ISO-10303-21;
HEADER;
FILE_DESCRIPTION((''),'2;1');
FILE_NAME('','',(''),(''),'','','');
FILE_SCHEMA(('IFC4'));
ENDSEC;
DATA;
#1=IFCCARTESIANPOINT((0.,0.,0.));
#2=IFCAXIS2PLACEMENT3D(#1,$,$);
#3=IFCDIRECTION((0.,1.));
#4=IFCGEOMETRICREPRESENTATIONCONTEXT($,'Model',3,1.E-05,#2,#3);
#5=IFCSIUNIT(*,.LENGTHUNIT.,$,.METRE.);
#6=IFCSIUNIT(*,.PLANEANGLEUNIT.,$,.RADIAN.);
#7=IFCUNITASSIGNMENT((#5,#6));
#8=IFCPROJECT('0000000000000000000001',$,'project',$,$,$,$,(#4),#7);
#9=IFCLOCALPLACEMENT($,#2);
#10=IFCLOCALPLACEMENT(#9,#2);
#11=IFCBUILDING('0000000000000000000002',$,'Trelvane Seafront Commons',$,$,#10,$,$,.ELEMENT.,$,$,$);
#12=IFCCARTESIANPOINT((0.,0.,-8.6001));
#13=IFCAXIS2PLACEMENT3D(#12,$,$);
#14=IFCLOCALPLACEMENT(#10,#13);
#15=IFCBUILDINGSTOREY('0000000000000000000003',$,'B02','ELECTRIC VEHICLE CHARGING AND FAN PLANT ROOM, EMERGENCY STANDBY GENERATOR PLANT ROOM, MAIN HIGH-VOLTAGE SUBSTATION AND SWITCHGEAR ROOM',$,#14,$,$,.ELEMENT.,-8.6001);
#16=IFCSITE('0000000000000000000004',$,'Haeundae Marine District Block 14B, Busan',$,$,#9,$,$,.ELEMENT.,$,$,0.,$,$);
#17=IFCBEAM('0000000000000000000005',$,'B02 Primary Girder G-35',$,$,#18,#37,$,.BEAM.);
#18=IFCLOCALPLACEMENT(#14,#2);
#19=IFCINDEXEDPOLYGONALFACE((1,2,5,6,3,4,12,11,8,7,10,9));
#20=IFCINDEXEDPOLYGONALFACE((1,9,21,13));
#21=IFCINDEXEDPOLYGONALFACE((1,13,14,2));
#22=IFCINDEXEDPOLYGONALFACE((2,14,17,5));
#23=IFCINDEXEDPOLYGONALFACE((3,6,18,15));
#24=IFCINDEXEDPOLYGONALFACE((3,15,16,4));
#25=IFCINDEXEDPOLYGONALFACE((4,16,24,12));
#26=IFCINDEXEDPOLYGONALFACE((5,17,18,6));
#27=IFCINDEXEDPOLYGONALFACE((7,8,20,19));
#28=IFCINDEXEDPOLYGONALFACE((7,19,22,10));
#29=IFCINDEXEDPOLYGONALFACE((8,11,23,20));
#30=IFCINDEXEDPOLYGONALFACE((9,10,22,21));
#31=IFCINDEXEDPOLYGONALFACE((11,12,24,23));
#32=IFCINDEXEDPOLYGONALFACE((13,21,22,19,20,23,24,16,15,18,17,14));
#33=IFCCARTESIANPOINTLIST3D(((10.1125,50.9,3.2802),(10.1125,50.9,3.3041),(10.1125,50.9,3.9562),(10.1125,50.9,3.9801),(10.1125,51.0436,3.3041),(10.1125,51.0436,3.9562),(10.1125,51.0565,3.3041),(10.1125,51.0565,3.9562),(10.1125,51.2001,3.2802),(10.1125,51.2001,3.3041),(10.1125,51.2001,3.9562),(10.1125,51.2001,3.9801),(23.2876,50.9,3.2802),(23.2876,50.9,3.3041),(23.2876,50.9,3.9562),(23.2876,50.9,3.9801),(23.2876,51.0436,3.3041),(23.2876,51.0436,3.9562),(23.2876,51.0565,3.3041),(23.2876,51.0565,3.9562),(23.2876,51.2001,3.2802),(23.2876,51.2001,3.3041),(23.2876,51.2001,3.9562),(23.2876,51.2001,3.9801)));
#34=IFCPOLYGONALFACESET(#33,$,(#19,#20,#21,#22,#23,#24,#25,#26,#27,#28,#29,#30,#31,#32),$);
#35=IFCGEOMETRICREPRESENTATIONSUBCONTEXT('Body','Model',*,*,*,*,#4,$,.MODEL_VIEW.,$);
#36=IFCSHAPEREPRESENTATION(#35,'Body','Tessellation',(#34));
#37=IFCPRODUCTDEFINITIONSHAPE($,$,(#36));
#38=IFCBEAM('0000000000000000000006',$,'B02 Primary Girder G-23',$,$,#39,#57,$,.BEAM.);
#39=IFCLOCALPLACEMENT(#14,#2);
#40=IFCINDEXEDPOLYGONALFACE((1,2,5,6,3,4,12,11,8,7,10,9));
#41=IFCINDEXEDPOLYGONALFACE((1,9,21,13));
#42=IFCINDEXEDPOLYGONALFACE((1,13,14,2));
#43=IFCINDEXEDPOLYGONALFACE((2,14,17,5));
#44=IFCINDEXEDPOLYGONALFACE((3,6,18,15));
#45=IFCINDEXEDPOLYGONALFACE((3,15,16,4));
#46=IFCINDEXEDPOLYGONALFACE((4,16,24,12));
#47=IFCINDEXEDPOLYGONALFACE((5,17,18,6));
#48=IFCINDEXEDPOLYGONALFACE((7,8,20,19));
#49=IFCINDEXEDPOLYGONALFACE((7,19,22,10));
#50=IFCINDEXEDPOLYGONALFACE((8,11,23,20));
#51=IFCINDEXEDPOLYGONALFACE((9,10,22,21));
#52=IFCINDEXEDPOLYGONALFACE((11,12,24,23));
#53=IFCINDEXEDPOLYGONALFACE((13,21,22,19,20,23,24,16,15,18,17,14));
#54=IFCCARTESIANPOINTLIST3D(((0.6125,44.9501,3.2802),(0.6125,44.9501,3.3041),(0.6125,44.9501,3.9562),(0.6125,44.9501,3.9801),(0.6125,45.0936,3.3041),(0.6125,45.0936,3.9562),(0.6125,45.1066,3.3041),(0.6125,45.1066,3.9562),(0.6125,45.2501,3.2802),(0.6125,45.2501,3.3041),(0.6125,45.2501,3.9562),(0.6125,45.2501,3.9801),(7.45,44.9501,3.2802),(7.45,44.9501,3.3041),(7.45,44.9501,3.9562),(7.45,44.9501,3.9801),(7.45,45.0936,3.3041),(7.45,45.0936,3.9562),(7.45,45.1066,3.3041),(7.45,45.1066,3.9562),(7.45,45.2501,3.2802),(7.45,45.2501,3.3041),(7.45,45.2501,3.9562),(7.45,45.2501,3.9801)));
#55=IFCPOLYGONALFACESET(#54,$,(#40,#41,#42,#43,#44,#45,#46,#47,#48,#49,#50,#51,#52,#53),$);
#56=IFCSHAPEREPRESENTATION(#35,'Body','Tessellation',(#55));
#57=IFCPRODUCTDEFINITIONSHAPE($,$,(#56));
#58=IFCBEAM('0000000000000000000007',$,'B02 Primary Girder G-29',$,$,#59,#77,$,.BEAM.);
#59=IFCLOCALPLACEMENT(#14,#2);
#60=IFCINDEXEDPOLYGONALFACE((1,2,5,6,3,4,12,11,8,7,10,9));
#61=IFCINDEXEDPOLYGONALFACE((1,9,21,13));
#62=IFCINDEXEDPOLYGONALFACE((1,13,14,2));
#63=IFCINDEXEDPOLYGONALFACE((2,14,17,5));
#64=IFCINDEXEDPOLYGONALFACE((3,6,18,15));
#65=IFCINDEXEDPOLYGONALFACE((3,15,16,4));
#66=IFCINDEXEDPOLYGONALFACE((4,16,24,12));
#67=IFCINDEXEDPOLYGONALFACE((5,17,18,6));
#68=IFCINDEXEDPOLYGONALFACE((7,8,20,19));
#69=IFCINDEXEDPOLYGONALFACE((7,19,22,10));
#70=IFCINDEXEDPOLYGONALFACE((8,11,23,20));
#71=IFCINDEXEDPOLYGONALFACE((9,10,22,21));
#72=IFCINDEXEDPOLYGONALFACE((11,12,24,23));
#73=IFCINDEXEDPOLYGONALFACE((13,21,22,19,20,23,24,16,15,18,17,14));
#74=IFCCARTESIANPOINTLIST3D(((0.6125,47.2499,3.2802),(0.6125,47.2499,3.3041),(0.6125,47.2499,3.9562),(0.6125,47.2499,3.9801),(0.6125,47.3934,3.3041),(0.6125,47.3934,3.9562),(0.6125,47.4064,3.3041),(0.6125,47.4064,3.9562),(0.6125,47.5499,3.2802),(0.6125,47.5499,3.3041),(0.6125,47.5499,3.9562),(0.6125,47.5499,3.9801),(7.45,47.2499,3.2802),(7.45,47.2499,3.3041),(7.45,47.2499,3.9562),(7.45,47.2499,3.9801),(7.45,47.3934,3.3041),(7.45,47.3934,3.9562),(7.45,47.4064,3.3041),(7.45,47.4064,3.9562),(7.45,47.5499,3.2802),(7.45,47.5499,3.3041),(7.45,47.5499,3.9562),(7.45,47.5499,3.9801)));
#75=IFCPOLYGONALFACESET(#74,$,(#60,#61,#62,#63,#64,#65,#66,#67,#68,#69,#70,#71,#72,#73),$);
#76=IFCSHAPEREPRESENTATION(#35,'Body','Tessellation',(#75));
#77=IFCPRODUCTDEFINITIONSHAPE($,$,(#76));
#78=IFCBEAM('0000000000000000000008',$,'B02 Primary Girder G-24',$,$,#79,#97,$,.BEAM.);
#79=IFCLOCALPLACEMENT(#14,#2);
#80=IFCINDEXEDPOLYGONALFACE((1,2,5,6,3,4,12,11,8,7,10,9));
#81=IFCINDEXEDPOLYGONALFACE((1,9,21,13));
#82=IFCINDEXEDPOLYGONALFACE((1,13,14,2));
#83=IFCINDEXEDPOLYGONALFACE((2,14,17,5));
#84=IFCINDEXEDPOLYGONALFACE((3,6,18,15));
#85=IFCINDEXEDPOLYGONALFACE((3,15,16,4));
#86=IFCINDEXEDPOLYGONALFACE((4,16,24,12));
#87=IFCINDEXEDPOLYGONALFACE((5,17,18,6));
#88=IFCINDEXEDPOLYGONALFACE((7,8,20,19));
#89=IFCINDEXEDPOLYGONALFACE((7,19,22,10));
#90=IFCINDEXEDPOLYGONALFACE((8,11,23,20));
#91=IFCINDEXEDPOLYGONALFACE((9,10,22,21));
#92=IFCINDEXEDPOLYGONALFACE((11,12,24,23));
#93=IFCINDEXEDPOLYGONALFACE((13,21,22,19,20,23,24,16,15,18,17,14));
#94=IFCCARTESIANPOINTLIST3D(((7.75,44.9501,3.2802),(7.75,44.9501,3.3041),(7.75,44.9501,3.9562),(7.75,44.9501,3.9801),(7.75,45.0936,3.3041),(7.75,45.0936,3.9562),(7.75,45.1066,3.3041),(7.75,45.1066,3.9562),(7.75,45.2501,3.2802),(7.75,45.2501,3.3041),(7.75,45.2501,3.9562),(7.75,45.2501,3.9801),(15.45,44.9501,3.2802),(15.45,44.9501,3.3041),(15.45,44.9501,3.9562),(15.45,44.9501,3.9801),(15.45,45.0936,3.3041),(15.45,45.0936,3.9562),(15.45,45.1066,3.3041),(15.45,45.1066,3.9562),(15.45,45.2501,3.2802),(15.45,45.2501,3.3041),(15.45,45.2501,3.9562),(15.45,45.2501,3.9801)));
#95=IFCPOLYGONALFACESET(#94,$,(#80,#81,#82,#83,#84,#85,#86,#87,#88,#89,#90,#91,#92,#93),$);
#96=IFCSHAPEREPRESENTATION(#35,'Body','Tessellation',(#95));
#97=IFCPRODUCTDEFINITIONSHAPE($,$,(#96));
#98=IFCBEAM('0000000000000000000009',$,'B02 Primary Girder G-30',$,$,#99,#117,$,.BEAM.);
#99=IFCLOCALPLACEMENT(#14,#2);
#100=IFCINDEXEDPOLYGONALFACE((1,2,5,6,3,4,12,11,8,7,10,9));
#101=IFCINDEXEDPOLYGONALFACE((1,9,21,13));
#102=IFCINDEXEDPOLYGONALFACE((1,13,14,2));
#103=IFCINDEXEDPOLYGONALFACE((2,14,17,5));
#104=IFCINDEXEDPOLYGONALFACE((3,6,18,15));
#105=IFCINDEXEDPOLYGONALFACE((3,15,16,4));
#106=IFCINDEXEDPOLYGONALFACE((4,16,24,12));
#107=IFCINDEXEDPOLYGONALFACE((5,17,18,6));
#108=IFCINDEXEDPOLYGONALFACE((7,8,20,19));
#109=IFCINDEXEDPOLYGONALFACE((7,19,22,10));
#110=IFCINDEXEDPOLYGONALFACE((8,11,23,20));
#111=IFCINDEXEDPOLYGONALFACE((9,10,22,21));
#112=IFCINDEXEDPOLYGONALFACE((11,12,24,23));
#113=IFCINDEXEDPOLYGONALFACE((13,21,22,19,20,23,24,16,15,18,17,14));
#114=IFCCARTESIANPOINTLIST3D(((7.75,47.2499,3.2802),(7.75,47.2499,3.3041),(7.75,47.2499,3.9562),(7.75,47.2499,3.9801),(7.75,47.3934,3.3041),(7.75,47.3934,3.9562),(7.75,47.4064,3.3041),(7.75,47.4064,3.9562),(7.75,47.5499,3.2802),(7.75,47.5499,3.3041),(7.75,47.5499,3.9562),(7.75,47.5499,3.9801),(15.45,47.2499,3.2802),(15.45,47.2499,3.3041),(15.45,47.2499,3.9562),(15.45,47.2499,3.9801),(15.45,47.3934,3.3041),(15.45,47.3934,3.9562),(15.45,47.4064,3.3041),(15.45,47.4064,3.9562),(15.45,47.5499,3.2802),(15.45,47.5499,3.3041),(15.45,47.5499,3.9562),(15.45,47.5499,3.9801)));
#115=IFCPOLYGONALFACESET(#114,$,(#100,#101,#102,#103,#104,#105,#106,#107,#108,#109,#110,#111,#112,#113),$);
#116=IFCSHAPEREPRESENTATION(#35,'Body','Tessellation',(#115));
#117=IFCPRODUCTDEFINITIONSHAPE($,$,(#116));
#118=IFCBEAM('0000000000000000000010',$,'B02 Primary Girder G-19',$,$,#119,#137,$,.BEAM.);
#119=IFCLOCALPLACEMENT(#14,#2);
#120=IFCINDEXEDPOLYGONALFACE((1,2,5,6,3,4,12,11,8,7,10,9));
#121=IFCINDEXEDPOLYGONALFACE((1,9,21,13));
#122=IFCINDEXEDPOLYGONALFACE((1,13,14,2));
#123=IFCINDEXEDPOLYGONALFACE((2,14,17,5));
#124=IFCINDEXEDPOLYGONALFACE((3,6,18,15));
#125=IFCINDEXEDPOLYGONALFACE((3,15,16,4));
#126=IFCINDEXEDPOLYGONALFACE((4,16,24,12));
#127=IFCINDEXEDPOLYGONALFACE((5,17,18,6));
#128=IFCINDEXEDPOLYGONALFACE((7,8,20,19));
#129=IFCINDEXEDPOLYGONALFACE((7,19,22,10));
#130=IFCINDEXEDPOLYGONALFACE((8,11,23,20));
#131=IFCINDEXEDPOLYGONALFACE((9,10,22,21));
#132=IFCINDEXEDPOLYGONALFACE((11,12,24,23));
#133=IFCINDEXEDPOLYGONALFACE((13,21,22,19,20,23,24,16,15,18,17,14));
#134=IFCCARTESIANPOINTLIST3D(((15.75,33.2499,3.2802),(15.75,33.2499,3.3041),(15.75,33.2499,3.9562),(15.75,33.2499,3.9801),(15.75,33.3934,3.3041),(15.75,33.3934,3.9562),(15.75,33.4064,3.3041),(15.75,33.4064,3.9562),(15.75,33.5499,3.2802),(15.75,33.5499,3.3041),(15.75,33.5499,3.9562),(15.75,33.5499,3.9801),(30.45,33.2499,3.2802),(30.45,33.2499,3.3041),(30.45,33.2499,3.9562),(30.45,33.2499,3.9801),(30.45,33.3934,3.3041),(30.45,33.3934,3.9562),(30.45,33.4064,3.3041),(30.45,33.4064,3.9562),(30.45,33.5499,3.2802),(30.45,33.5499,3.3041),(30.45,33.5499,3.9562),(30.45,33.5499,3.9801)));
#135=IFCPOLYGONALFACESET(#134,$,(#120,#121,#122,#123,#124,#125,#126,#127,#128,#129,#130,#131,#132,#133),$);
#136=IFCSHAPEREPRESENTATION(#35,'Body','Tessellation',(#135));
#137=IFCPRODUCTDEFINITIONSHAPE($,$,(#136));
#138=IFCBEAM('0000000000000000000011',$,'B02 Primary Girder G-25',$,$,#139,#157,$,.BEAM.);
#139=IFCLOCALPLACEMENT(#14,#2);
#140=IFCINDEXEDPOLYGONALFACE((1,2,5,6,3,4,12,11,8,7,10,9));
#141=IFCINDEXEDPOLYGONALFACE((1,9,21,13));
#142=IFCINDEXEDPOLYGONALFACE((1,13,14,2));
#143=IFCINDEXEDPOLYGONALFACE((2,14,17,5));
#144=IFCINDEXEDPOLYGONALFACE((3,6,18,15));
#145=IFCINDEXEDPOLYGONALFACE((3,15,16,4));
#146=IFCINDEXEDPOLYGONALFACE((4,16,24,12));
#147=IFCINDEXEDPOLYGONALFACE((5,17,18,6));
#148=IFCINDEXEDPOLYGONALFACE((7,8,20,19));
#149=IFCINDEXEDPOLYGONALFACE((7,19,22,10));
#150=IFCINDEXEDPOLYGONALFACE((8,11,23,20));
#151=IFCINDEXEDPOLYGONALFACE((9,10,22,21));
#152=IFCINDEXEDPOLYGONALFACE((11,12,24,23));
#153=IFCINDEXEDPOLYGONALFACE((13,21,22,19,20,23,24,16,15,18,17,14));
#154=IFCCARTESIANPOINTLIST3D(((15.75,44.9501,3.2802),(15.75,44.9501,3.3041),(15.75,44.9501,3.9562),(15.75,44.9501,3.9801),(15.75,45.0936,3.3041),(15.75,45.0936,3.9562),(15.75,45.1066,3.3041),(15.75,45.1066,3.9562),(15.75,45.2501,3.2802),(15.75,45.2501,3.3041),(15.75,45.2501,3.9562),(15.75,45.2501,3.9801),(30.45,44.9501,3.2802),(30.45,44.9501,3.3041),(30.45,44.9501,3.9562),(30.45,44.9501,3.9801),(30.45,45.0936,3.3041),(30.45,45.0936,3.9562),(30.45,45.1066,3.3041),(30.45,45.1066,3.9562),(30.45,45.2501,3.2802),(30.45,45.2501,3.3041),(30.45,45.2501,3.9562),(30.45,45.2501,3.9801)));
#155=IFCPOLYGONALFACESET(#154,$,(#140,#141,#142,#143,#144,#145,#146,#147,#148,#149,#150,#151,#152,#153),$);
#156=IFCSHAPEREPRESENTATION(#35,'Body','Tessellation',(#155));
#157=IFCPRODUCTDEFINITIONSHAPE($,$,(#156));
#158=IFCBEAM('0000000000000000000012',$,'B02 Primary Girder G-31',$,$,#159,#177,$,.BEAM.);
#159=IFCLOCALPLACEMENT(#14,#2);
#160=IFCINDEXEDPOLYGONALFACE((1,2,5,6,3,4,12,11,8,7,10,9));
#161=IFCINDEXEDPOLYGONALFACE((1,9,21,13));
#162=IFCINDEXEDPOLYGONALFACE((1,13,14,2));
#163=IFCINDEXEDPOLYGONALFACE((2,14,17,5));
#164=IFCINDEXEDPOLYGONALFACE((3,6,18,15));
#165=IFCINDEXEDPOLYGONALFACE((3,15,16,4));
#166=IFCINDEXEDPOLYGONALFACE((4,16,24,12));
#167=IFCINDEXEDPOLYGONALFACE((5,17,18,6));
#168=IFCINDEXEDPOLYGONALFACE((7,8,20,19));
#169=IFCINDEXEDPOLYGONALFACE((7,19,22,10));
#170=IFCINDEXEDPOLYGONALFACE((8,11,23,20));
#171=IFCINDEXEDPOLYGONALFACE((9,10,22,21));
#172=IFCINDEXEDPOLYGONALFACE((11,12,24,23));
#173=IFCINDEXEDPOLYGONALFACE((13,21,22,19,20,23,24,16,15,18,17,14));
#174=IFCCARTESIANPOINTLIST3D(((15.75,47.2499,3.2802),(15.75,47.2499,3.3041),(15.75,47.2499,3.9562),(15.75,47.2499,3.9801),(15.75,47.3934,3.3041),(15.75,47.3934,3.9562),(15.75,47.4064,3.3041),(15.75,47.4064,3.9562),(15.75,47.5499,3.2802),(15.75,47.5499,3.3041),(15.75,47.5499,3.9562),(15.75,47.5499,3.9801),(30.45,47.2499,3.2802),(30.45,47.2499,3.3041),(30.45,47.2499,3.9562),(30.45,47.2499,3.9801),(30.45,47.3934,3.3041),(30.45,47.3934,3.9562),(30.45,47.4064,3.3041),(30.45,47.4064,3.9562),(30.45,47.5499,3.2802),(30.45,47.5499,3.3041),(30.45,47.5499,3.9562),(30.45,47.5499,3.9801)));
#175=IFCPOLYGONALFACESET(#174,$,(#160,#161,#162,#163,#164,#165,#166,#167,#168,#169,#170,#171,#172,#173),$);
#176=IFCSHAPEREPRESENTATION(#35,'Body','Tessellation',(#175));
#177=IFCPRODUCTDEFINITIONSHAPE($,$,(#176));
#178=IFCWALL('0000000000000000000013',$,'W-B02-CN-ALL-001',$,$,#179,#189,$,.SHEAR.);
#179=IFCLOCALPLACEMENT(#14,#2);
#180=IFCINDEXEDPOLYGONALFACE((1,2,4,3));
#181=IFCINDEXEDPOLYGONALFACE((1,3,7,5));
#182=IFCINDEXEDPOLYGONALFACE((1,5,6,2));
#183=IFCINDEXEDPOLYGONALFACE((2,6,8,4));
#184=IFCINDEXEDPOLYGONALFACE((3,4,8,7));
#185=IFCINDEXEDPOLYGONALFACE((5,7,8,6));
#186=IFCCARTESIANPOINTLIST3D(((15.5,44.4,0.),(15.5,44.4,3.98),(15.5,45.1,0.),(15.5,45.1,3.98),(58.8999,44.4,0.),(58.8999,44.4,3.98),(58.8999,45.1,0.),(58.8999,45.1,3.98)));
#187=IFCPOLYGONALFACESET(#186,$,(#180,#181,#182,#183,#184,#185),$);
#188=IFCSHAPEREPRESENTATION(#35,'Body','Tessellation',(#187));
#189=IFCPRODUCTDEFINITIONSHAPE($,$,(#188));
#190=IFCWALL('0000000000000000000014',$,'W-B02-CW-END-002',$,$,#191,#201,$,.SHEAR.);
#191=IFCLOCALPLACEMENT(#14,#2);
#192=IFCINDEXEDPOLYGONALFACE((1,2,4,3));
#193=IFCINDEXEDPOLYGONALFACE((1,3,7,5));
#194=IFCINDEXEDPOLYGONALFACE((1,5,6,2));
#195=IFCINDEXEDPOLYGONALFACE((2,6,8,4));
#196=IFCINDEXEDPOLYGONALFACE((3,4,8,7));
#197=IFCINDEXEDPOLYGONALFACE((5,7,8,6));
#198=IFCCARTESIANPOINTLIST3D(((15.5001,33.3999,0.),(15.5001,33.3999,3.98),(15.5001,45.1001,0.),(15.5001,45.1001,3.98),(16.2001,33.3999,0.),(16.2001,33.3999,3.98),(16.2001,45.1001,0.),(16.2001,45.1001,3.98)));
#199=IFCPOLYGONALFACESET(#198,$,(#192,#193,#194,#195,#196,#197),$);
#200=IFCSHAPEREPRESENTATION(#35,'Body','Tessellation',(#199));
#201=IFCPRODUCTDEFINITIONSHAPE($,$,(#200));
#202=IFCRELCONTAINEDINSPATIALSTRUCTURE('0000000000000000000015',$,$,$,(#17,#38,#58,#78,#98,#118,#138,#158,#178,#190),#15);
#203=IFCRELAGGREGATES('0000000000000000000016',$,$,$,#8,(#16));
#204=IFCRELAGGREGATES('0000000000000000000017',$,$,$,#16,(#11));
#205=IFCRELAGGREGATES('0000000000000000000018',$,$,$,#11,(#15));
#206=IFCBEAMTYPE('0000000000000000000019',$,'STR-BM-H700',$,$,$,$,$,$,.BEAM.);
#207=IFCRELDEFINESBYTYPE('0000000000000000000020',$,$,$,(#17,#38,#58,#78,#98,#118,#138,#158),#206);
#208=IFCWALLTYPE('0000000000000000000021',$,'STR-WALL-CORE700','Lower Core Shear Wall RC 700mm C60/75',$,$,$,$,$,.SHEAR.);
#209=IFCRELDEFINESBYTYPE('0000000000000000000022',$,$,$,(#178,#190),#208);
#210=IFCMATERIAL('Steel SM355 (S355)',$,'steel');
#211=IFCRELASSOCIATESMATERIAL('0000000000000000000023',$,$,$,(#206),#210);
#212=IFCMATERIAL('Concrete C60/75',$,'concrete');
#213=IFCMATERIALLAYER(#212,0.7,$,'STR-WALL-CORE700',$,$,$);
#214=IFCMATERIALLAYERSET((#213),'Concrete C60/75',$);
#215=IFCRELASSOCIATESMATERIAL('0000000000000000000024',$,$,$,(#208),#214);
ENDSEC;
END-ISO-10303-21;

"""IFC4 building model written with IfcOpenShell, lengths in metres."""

from ifc_helpers import new_model, si_unit, direction, frame, frame_2d, origin, origin_2d, place, context, subcontext, project, spatial, rectangle, i_section, extrude, source, transform, mapped, material, layer, layer_set, material_profile, profile_set, type_object, element, save


model = new_model("IFC4")

# Units and contexts
model_context = context("Model", 3, precision=1e-05, world=origin(), true_north=direction((0.0, 1.0)))
body_context = subcontext(model_context, "Body", "Model", "MODEL_VIEW")
ifc_project = project(units=[si_unit("LENGTHUNIT", "METRE"), si_unit("PLANEANGLEUNIT", "RADIAN")], contexts=[model_context])

# Site, building, storey
site_placement = place(None, origin())
site = spatial("IfcSite", under=ifc_project, at=site_placement, Name="Haeundae Marine District Block 14B, Busan", CompositionType="ELEMENT", RefElevation=0.0)
building_placement = place(site_placement, origin())
building = spatial("IfcBuilding", under=site, at=building_placement, Name="Trelvane Seafront Commons", CompositionType="ELEMENT")
storey_placement = place(building_placement, frame((0.0, 0.0, -8.6001)))
storey = spatial("IfcBuildingStorey", under=building, at=storey_placement, Name="B02", Description="ELECTRIC VEHICLE CHARGING AND FAN PLANT ROOM, EMERGENCY STANDBY GENERATOR PLANT ROOM, MAIN HIGH-VOLTAGE SUBSTATION AND SWITCHGEAR ROOM", CompositionType="ELEMENT", Elevation=-8.6001)

# Shared definitions
ifc_material_1 = material(Name="Concrete C60/75", Category="concrete")

# Beams
ifc_material_2 = material(Name="Steel SM355 (S355)", Category="steel")
ifc_material_profile_1 = material_profile(ifc_material_2, i_section(OverallWidth=0.3, OverallDepth=0.7, WebThickness=0.0129, FlangeThickness=0.0239, at=origin_2d()), Name="H-700x300x13x24")
ifc_profile_set_1 = profile_set([ifc_material_profile_1], Name="Steel SM355 (S355)")
beam_type_1 = type_object("IfcBeamType", Name="STR-BM-H700", PredefinedType="BEAM", material=ifc_profile_set_1)
shared_shape_1 = source(origin(), body_context, "Body", "SweptSolid", [
    extrude(i_section(OverallWidth=0.3, OverallDepth=0.7, WebThickness=0.0129, FlangeThickness=0.0239, at=origin_2d()), origin(), (0.0, 0.0, 1.0), 13.175),
])
beam_placement = place(storey_placement, frame((10.1125, 51.05, 3.6301), z_axis=(1.0, 0.0, 0.0), x_axis=(0.0, 1.0, 0.0)))
element("IfcBeam", 1, at=beam_placement, inside=storey, type_object=beam_type_1, Name="B02 Primary Girder G-35", PredefinedType="BEAM", context=body_context, shape_type="MappedRepresentation", body=[
    mapped(shared_shape_1, transform((0.0, 0.0, 0.0), x_axis=(1.0, 0.0, 0.0), y_axis=(0.0, 1.0, 0.0), z_axis=(0.0, 0.0, 1.0), scale=1.0)),
])
shared_shape_2 = source(origin(), body_context, "Body", "SweptSolid", [
    extrude(i_section(OverallWidth=0.3, OverallDepth=0.7, WebThickness=0.0129, FlangeThickness=0.0239, at=origin_2d()), origin(), (0.0, 0.0, 1.0), 6.8374),
])
for number, where, z_axis, x_axis, name in (
    (2, (0.6125, 45.1001, 3.6301), (1.0, 0.0, 0.0), (0.0, 1.0, 0.0), "B02 Primary Girder G-23"),
    (3, (0.6125, 47.3999, 3.6301), (1.0, 0.0, 0.0), (0.0, 1.0, 0.0), "B02 Primary Girder G-29"),
):
    element("IfcBeam", number, at=place(storey_placement, frame(where, z_axis=z_axis, x_axis=x_axis)), inside=storey, type_object=beam_type_1, Name=name, PredefinedType="BEAM", context=body_context, shape_type="MappedRepresentation", body=[
        mapped(shared_shape_2, transform((0.0, 0.0, 0.0), x_axis=(1.0, 0.0, 0.0), y_axis=(0.0, 1.0, 0.0), z_axis=(0.0, 0.0, 1.0), scale=1.0)),
    ])
shared_shape_3 = source(origin(), body_context, "Body", "SweptSolid", [
    extrude(i_section(OverallWidth=0.3, OverallDepth=0.7, WebThickness=0.0129, FlangeThickness=0.0239, at=origin_2d()), origin(), (0.0, 0.0, 1.0), 7.7),
])
for number, where, z_axis, x_axis, name in (
    (4, (7.75, 45.1001, 3.6301), (1.0, 0.0, 0.0), (0.0, 1.0, 0.0), "B02 Primary Girder G-24"),
    (5, (7.75, 47.3999, 3.6301), (1.0, 0.0, 0.0), (0.0, 1.0, 0.0), "B02 Primary Girder G-30"),
):
    element("IfcBeam", number, at=place(storey_placement, frame(where, z_axis=z_axis, x_axis=x_axis)), inside=storey, type_object=beam_type_1, Name=name, PredefinedType="BEAM", context=body_context, shape_type="MappedRepresentation", body=[
        mapped(shared_shape_3, transform((0.0, 0.0, 0.0), x_axis=(1.0, 0.0, 0.0), y_axis=(0.0, 1.0, 0.0), z_axis=(0.0, 0.0, 1.0), scale=1.0)),
    ])
shared_shape_4 = source(origin(), body_context, "Body", "SweptSolid", [
    extrude(i_section(OverallWidth=0.3, OverallDepth=0.7, WebThickness=0.0129, FlangeThickness=0.0239, at=origin_2d()), origin(), (0.0, 0.0, 1.0), 14.7),
])
for number, where, z_axis, x_axis, name in (
    (6, (15.75, 33.3999, 3.6301), (1.0, 0.0, 0.0), (0.0, 1.0, 0.0), "B02 Primary Girder G-19"),
    (7, (15.75, 45.1001, 3.6301), (1.0, 0.0, 0.0), (0.0, 1.0, 0.0), "B02 Primary Girder G-25"),
    (8, (15.75, 47.3999, 3.6301), (1.0, 0.0, 0.0), (0.0, 1.0, 0.0), "B02 Primary Girder G-31"),
):
    element("IfcBeam", number, at=place(storey_placement, frame(where, z_axis=z_axis, x_axis=x_axis)), inside=storey, type_object=beam_type_1, Name=name, PredefinedType="BEAM", context=body_context, shape_type="MappedRepresentation", body=[
        mapped(shared_shape_4, transform((0.0, 0.0, 0.0), x_axis=(1.0, 0.0, 0.0), y_axis=(0.0, 1.0, 0.0), z_axis=(0.0, 0.0, 1.0), scale=1.0)),
    ])

# Walls
ifc_layer_1 = layer(ifc_material_1, 0.7, Name="STR-WALL-CORE700")
ifc_layer_set_1 = layer_set([ifc_layer_1], Name="Concrete C60/75")
wall_type_1 = type_object("IfcWallType", Name="STR-WALL-CORE700", Description="Lower Core Shear Wall RC 700mm C60/75", PredefinedType="SHEAR", material=ifc_layer_set_1)
wall_1_placement = place(storey_placement, frame((15.5, 44.75, 0.0), z_axis=(0.0, 0.0, 1.0), x_axis=(1.0, 0.0, 0.0)))
element("IfcWall", 9, at=wall_1_placement, inside=storey, type_object=wall_type_1, Name="W-B02-CN-ALL-001", PredefinedType="SHEAR", context=body_context, shape_type="SweptSolid", body=[
    extrude(rectangle(XDim=43.3999, YDim=0.7, at=frame_2d((21.7, 0.0))), origin(), (0.0, 0.0, 1.0), 3.98),
])
wall_2_placement = place(storey_placement, frame((15.8501, 33.3999, 0.0), z_axis=(0.0, 0.0, 1.0), x_axis=(0.0, 1.0, 0.0)))
element("IfcWall", 10, at=wall_2_placement, inside=storey, type_object=wall_type_1, Name="W-B02-CW-END-002", PredefinedType="SHEAR", context=body_context, shape_type="SweptSolid", body=[
    extrude(rectangle(XDim=11.7002, YDim=0.7, at=frame_2d((5.8501, 0.0))), origin(), (0.0, 0.0, 1.0), 3.98),
])

save(model, "model.ifc")
